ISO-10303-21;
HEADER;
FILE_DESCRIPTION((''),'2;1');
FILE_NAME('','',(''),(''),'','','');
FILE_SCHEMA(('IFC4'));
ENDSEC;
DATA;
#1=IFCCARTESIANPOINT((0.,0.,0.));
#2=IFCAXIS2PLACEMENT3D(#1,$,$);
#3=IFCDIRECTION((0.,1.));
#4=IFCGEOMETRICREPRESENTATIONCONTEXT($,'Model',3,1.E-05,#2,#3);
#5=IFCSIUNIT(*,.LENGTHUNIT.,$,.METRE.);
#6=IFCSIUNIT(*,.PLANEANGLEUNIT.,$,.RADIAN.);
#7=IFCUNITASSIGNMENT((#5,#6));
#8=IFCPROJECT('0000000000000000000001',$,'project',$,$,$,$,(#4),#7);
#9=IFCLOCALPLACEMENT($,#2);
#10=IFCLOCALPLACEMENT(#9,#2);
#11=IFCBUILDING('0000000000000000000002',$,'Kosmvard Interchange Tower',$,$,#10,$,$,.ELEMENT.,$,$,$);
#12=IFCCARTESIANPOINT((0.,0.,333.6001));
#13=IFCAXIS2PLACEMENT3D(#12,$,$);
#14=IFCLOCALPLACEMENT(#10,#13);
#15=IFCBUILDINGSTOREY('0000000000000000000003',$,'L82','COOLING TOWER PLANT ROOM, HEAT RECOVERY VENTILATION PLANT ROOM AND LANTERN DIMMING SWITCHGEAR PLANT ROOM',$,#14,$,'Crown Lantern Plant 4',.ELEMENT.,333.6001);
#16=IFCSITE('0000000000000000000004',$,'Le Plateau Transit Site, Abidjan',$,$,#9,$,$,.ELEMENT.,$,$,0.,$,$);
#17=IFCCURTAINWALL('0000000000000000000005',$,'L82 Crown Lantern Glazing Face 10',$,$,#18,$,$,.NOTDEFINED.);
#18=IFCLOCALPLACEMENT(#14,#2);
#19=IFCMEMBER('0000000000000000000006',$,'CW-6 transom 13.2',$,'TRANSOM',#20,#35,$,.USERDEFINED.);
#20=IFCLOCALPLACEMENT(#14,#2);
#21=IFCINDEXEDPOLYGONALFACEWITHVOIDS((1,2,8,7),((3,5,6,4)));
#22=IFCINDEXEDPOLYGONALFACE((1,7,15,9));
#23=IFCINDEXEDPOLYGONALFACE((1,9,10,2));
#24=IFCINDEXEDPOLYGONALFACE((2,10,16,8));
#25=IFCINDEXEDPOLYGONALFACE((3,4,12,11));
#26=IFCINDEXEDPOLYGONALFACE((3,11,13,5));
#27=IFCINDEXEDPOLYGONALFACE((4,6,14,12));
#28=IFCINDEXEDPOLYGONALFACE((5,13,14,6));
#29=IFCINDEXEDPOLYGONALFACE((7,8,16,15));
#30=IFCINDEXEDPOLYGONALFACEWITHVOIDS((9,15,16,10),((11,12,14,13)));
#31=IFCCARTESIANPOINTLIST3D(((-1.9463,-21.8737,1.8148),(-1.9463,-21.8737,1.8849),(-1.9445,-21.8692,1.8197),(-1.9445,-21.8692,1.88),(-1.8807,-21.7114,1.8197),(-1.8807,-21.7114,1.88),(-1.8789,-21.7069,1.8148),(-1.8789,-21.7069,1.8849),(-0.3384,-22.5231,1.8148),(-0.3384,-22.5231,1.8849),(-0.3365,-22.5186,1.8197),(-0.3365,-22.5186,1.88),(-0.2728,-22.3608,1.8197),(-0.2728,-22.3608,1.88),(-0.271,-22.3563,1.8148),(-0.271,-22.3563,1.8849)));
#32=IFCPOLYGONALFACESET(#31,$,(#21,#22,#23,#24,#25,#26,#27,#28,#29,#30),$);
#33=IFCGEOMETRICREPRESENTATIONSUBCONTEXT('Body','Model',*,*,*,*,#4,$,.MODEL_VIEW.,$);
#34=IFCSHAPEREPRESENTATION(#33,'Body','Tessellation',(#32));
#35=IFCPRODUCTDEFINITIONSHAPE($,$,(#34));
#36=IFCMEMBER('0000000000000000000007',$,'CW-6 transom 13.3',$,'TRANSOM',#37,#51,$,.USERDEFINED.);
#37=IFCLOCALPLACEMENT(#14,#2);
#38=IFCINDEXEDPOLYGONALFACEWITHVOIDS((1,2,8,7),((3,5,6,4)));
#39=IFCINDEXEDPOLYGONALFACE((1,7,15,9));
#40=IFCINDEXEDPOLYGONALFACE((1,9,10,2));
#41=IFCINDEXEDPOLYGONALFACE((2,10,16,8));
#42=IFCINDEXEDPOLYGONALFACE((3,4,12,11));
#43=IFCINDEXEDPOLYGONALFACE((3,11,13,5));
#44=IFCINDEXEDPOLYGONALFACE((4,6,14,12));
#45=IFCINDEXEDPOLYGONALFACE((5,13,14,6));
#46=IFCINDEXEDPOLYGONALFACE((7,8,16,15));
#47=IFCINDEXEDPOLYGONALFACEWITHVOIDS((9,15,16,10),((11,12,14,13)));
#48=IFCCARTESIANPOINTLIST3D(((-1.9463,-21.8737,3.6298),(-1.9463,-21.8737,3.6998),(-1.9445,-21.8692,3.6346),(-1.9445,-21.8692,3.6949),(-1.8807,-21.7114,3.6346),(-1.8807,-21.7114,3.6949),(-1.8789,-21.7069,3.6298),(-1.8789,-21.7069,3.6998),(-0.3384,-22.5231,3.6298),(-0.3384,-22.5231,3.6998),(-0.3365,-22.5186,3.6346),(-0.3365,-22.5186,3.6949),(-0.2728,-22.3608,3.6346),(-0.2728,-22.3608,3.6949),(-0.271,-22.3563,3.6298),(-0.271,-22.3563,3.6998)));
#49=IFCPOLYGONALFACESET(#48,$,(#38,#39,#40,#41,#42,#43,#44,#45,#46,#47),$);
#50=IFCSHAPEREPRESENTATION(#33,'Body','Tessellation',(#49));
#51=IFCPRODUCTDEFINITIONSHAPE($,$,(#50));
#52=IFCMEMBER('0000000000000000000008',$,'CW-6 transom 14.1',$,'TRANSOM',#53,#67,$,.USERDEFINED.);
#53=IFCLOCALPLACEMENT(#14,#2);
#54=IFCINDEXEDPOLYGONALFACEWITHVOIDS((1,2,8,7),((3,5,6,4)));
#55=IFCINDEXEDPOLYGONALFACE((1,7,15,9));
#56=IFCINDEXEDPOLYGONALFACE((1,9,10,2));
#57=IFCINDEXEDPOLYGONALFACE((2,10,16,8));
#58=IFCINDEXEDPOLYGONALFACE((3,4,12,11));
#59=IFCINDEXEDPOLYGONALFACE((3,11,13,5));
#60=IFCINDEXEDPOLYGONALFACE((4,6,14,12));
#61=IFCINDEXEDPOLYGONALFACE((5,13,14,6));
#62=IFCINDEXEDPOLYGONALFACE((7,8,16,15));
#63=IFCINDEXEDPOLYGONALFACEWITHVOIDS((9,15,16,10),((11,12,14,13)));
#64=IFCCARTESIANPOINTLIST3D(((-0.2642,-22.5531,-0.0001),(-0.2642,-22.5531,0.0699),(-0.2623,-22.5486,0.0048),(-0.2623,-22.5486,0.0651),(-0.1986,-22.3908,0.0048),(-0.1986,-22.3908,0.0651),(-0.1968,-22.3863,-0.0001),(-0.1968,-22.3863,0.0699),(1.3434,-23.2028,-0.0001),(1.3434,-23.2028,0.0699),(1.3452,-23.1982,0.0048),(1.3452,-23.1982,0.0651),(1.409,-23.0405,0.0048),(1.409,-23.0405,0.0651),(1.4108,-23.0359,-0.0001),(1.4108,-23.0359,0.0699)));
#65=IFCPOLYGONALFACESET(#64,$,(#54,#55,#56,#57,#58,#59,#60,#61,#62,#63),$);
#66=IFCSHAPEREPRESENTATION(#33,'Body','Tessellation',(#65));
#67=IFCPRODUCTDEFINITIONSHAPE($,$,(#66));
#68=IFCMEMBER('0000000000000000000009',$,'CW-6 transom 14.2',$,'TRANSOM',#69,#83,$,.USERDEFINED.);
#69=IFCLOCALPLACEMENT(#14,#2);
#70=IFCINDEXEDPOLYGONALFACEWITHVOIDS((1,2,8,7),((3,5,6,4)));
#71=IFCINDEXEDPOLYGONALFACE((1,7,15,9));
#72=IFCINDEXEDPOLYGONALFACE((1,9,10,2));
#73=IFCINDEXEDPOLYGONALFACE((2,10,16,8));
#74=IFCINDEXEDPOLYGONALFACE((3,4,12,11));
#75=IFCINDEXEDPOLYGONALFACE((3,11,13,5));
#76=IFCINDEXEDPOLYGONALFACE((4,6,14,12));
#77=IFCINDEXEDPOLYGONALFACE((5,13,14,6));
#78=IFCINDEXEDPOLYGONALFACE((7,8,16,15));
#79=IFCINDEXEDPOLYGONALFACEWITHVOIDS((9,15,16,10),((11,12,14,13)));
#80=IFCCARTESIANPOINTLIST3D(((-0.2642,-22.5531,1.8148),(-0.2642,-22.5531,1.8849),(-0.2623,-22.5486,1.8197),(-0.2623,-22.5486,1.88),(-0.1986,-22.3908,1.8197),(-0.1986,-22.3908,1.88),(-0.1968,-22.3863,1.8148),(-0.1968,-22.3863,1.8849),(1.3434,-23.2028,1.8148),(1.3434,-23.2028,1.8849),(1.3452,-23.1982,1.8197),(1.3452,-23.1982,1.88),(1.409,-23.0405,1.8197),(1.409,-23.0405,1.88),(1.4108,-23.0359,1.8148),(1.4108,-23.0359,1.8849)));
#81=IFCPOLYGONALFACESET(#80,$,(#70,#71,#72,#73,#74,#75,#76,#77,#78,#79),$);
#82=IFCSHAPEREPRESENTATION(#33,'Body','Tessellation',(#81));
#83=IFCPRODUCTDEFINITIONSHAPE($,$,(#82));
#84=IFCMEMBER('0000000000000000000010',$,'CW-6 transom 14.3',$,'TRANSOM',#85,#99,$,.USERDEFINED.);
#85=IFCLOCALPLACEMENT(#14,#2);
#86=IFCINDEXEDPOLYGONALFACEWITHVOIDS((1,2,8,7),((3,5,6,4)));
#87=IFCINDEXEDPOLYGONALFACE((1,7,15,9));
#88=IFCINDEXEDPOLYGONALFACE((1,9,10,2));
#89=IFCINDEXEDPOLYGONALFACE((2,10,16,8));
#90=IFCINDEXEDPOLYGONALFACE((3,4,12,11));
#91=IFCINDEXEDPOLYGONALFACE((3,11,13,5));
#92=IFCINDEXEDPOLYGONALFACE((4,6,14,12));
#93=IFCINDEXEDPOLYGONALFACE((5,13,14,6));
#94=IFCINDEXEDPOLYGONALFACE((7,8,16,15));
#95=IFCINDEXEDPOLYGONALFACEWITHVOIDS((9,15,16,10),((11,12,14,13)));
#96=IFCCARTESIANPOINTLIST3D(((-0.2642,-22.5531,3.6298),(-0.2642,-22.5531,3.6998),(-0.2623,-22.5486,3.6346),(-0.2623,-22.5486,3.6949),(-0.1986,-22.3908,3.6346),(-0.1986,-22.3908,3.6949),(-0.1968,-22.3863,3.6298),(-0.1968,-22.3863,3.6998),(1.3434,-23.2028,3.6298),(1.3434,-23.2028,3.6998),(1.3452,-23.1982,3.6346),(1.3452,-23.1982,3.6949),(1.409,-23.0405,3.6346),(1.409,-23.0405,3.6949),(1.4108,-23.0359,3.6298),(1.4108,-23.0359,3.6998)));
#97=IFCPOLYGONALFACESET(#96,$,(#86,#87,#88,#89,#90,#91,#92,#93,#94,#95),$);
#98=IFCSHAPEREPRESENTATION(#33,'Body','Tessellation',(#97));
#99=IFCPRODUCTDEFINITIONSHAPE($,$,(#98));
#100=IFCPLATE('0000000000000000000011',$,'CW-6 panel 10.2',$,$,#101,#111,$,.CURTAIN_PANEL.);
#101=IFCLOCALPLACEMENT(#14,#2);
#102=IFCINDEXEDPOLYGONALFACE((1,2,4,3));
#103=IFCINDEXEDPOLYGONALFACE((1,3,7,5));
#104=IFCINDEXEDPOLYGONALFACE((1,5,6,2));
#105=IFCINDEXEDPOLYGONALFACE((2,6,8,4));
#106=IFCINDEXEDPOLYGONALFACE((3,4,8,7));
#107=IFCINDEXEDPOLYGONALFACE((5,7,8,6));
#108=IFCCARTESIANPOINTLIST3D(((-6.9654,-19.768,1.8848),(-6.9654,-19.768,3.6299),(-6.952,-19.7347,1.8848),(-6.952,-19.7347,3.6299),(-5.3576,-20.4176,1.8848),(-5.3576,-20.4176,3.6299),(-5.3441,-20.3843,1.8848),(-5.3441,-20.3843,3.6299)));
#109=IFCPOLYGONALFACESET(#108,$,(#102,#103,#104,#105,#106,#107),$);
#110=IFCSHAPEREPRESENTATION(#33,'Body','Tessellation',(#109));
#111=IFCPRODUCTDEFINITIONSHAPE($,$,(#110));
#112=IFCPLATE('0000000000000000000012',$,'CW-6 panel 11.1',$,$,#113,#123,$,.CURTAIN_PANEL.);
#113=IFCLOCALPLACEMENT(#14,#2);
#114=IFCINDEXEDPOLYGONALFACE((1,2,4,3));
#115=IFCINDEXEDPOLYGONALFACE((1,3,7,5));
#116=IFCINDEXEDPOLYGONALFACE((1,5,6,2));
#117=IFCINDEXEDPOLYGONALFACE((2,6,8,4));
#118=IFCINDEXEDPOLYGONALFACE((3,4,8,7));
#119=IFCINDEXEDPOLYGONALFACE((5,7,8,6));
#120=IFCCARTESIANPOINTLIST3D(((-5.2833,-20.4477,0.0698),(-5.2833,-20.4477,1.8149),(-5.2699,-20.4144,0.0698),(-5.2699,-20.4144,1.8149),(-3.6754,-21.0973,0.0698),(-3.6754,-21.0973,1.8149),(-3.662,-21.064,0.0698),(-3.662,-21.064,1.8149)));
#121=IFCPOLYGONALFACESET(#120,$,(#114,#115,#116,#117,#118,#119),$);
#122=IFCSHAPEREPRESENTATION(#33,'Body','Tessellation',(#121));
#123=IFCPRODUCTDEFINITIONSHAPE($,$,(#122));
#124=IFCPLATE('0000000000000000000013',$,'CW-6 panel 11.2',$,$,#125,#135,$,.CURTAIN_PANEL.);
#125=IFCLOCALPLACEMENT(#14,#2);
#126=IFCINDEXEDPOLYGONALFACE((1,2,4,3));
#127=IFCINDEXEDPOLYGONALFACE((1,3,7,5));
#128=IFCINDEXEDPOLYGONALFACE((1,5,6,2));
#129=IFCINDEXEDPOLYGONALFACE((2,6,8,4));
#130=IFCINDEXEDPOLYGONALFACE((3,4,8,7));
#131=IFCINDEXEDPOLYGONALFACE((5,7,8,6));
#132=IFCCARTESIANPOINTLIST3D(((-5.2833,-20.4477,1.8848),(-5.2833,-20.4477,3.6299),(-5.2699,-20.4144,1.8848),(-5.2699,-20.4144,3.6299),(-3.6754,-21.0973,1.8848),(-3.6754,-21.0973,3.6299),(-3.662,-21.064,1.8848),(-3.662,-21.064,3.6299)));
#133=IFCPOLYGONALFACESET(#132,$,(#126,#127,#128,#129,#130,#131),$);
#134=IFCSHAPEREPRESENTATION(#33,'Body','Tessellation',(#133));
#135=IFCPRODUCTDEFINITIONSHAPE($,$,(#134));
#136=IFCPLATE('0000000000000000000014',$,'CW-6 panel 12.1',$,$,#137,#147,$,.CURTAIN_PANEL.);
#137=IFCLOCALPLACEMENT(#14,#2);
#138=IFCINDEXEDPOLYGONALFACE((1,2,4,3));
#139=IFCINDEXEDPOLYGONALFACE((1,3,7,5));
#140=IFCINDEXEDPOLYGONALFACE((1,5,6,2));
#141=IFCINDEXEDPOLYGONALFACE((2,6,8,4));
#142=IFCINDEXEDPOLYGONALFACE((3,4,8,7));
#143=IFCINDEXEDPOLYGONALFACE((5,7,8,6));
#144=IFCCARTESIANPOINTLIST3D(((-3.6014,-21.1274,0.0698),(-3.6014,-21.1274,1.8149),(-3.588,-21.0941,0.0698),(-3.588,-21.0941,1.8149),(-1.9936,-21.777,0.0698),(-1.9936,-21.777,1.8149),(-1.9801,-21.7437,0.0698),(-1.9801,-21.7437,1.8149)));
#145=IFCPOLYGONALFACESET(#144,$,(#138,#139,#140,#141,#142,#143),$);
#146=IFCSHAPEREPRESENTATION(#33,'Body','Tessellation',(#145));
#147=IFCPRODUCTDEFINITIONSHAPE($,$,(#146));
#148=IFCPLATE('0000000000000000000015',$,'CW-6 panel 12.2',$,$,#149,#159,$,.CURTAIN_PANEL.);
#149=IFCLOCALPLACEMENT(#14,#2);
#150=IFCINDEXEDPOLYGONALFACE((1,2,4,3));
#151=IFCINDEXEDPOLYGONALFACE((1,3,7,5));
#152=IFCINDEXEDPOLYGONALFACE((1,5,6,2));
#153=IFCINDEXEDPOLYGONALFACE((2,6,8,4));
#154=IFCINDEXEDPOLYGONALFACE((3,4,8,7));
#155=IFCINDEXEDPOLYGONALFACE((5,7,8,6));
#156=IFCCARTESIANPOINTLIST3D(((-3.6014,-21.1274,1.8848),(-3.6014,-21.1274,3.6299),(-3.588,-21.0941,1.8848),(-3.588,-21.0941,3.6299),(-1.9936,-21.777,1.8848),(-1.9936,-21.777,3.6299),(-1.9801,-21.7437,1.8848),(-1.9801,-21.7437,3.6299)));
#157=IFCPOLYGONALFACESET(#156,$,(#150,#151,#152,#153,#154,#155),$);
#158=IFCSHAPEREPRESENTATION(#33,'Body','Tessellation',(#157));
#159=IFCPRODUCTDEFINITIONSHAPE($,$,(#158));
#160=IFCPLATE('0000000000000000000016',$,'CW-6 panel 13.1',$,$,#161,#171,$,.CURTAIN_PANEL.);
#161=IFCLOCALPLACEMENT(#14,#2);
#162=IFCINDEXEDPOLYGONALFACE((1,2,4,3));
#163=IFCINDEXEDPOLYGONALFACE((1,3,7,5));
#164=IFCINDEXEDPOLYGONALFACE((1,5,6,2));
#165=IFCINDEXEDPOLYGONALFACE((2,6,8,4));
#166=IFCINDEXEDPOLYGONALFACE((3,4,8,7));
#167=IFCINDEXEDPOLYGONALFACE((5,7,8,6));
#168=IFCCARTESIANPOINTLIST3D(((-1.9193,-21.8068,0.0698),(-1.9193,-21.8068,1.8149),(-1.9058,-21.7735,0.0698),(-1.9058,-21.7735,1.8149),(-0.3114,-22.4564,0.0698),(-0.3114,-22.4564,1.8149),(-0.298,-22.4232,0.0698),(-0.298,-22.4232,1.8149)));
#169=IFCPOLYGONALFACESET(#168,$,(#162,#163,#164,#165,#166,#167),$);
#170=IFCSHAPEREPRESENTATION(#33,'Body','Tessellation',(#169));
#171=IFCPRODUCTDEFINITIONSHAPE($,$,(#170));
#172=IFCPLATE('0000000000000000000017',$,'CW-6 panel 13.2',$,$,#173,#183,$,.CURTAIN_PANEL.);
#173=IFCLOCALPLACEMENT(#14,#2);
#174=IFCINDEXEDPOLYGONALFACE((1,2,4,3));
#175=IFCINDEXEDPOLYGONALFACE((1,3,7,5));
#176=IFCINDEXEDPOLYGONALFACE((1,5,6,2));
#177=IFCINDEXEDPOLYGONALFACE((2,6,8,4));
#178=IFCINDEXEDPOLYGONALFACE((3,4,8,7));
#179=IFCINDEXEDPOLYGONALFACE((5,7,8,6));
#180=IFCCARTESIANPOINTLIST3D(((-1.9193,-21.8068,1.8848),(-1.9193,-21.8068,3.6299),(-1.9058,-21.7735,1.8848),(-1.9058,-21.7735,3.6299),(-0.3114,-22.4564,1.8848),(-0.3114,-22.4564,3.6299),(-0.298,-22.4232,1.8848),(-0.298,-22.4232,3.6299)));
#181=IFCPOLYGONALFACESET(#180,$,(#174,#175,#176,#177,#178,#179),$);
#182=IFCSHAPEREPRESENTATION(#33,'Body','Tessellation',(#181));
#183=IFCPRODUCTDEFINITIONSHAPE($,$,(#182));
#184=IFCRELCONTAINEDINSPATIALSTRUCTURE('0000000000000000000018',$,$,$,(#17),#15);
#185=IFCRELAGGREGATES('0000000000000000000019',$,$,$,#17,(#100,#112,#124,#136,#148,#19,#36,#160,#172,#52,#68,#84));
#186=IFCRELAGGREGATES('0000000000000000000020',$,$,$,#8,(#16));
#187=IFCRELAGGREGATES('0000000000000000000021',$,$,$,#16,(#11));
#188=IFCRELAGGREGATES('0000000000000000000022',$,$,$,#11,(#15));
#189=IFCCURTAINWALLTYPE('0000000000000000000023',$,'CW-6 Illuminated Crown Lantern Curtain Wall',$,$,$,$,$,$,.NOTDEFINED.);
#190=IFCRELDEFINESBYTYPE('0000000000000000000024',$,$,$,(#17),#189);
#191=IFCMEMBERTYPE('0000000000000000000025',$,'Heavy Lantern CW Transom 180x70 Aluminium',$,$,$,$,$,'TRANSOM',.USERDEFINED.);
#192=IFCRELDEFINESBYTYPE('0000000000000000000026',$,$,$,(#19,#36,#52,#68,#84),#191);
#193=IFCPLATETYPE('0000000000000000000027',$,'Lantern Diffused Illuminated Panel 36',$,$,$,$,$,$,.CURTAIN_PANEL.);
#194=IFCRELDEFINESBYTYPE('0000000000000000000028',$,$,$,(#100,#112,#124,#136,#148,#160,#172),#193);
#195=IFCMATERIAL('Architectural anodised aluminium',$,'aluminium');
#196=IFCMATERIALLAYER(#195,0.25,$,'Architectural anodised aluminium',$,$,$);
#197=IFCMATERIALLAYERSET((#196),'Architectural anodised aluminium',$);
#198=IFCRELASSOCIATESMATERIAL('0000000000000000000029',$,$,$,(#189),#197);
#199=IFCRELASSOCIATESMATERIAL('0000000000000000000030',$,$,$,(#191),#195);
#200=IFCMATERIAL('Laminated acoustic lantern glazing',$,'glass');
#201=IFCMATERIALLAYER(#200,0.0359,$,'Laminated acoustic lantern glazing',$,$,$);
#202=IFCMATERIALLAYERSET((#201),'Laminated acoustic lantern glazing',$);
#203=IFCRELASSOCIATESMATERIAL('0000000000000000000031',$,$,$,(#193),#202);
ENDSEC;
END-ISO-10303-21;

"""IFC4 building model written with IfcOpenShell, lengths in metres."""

from ifc_helpers import new_model, si_unit, direction, frame, origin, origin_2d, place, context, subcontext, project, spatial, rectangle, hollow_rectangle, extrude, source, transform, mapped, material, layer, layer_set, material_profile, profile_set, type_object, element, aggregate, save


model = new_model("IFC4")

# Units and contexts
model_context = context("Model", 3, precision=1e-05, world=origin(), true_north=direction((0.0, 1.0)))
body_context = subcontext(model_context, "Body", "Model", "MODEL_VIEW")
ifc_project = project(units=[si_unit("LENGTHUNIT", "METRE"), si_unit("PLANEANGLEUNIT", "RADIAN")], contexts=[model_context])

# Site, building, storey
site_placement = place(None, origin())
site = spatial("IfcSite", under=ifc_project, at=site_placement, Name="Le Plateau Transit Site, Abidjan", CompositionType="ELEMENT", RefElevation=0.0)
building_placement = place(site_placement, origin())
building = spatial("IfcBuilding", under=site, at=building_placement, Name="Kosmvard Interchange Tower", CompositionType="ELEMENT")
storey_placement = place(building_placement, frame((0.0, 0.0, 333.6001)))
storey = spatial("IfcBuildingStorey", under=building, at=storey_placement, Name="L82", Description="COOLING TOWER PLANT ROOM, HEAT RECOVERY VENTILATION PLANT ROOM AND LANTERN DIMMING SWITCHGEAR PLANT ROOM", LongName="Crown Lantern Plant 4", CompositionType="ELEMENT", Elevation=333.6001)

# Curtain wall, members, plates
ifc_material_1 = material(Name="Architectural anodised aluminium", Category="aluminium")
ifc_layer_1 = layer(ifc_material_1, 0.25, Name="Architectural anodised aluminium")
ifc_layer_set_1 = layer_set([ifc_layer_1], Name="Architectural anodised aluminium")
curtain_wall_type = type_object("IfcCurtainWallType", Name="CW-6 Illuminated Crown Lantern Curtain Wall", PredefinedType="NOTDEFINED", material=ifc_layer_set_1)
curtain_wall_placement = place(storey_placement, origin())
curtain_wall = element("IfcCurtainWall", 1, at=curtain_wall_placement, inside=storey, type_object=curtain_wall_type, Name="L82 Crown Lantern Glazing Face 10", PredefinedType="NOTDEFINED")
ifc_material_profile_1 = material_profile(ifc_material_1, hollow_rectangle(XDim=0.1799, YDim=0.0701, WallThickness=0.0049, at=origin_2d()), Name="CWT 180x70x5")
ifc_profile_set_1 = profile_set([ifc_material_profile_1], Name="Architectural anodised aluminium")
member_type_1 = type_object("IfcMemberType", Name="Heavy Lantern CW Transom 180x70 Aluminium", ElementType="TRANSOM", PredefinedType="USERDEFINED", material=ifc_profile_set_1)
shared_shape_1 = source(origin(), body_context, "Body", "SweptSolid", [
    extrude(hollow_rectangle(XDim=0.1799, YDim=0.0701, WallThickness=0.0049, at=origin_2d()), origin(), (0.0, 0.0, 1.0), 1.7341),
])
member_1_placement = place(storey_placement, frame((-1.9126, -21.7903, 1.8499), z_axis=(0.927229, -0.374496, 0.0), x_axis=(0.374496, 0.927229, 0.0)))
member_1 = element("IfcMember", 2, at=member_1_placement, type_object=member_type_1, Name="CW-6 transom 13.2", ObjectType="TRANSOM", PredefinedType="USERDEFINED", context=body_context, shape_type="MappedRepresentation", body=[
    mapped(shared_shape_1, transform((0.0, 0.0, 0.0), scale=1.0)),
])
member_2_placement = place(storey_placement, frame((-1.9126, -21.7903, 3.6648), z_axis=(0.927229, -0.374496, 0.0), x_axis=(0.374496, 0.927229, 0.0)))
member_2 = element("IfcMember", 3, at=member_2_placement, type_object=member_type_1, Name="CW-6 transom 13.3", ObjectType="TRANSOM", PredefinedType="USERDEFINED", context=body_context, shape_type="MappedRepresentation", body=[
    mapped(shared_shape_1, transform((0.0, 0.0, 0.0), scale=1.0)),
])
shared_shape_2 = source(origin(), body_context, "Body", "SweptSolid", [
    extrude(hollow_rectangle(XDim=0.1799, YDim=0.0701, WallThickness=0.0049, at=origin_2d()), origin(), (0.0, 0.0, 1.0), 1.7339),
])
member_3_placement = place(storey_placement, frame((-0.2305, -22.4697, 0.0349), z_axis=(0.92716, -0.374666, 0.0), x_axis=(0.374666, 0.92716, 0.0)))
member_3 = element("IfcMember", 4, at=member_3_placement, type_object=member_type_1, Name="CW-6 transom 14.1", ObjectType="TRANSOM", PredefinedType="USERDEFINED", context=body_context, shape_type="MappedRepresentation", body=[
    mapped(shared_shape_2, transform((0.0, 0.0, 0.0), scale=1.0)),
])
member_4_placement = place(storey_placement, frame((-0.2305, -22.4697, 1.8499), z_axis=(0.92716, -0.374666, 0.0), x_axis=(0.374666, 0.92716, 0.0)))
member_4 = element("IfcMember", 5, at=member_4_placement, type_object=member_type_1, Name="CW-6 transom 14.2", ObjectType="TRANSOM", PredefinedType="USERDEFINED", context=body_context, shape_type="MappedRepresentation", body=[
    mapped(shared_shape_2, transform((0.0, 0.0, 0.0), scale=1.0)),
])
member_5_placement = place(storey_placement, frame((-0.2305, -22.4697, 3.6648), z_axis=(0.92716, -0.374666, 0.0), x_axis=(0.374666, 0.92716, 0.0)))
member_5 = element("IfcMember", 6, at=member_5_placement, type_object=member_type_1, Name="CW-6 transom 14.3", ObjectType="TRANSOM", PredefinedType="USERDEFINED", context=body_context, shape_type="MappedRepresentation", body=[
    mapped(shared_shape_2, transform((0.0, 0.0, 0.0), scale=1.0)),
])
ifc_material_2 = material(Name="Laminated acoustic lantern glazing", Category="glass")
ifc_layer_2 = layer(ifc_material_2, 0.0359, Name="Laminated acoustic lantern glazing")
ifc_layer_set_2 = layer_set([ifc_layer_2], Name="Laminated acoustic lantern glazing")
plate_type = type_object("IfcPlateType", Name="Lantern Diffused Illuminated Panel 36", PredefinedType="CURTAIN_PANEL", material=ifc_layer_set_2)
shared_shape_3 = source(origin(), body_context, "Body", "SweptSolid", [
    extrude(rectangle(XDim=1.7341, YDim=0.0359, at=origin_2d()), origin(), (0.0, 0.0, 1.0), 1.7451),
])
plate_1_placement = place(storey_placement, frame((-6.1548, -20.0762, 1.8848), z_axis=(0.0, 0.0, 1.0), x_axis=(0.927184, -0.374607, 0.0)))
plate_1 = element("IfcPlate", 7, at=plate_1_placement, type_object=plate_type, Name="CW-6 panel 10.2", PredefinedType="CURTAIN_PANEL", context=body_context, shape_type="MappedRepresentation", body=[
    mapped(shared_shape_3, transform((0.0, 0.0, 0.0), scale=1.0)),
])
plate_2_placement = place(storey_placement, frame((-4.4727, -20.7559, 0.0698), z_axis=(0.0, 0.0, 1.0), x_axis=(0.927184, -0.374607, 0.0)))
plate_2 = element("IfcPlate", 8, at=plate_2_placement, type_object=plate_type, Name="CW-6 panel 11.1", PredefinedType="CURTAIN_PANEL", context=body_context, shape_type="MappedRepresentation", body=[
    mapped(shared_shape_3, transform((0.0, 0.0, 0.0), scale=1.0)),
])
plate_3_placement = place(storey_placement, frame((-4.4727, -20.7559, 1.8848), z_axis=(0.0, 0.0, 1.0), x_axis=(0.927184, -0.374607, 0.0)))
plate_3 = element("IfcPlate", 9, at=plate_3_placement, type_object=plate_type, Name="CW-6 panel 11.2", PredefinedType="CURTAIN_PANEL", context=body_context, shape_type="MappedRepresentation", body=[
    mapped(shared_shape_3, transform((0.0, 0.0, 0.0), scale=1.0)),
])
plate_4_placement = place(storey_placement, frame((-2.7908, -21.4355, 0.0698), z_axis=(0.0, 0.0, 1.0), x_axis=(0.927184, -0.374607, 0.0)))
plate_4 = element("IfcPlate", 10, at=plate_4_placement, type_object=plate_type, Name="CW-6 panel 12.1", PredefinedType="CURTAIN_PANEL", context=body_context, shape_type="MappedRepresentation", body=[
    mapped(shared_shape_3, transform((0.0, 0.0, 0.0), scale=1.0)),
])
plate_5_placement = place(storey_placement, frame((-2.7908, -21.4355, 1.8848), z_axis=(0.0, 0.0, 1.0), x_axis=(0.927184, -0.374607, 0.0)))
plate_5 = element("IfcPlate", 11, at=plate_5_placement, type_object=plate_type, Name="CW-6 panel 12.2", PredefinedType="CURTAIN_PANEL", context=body_context, shape_type="MappedRepresentation", body=[
    mapped(shared_shape_3, transform((0.0, 0.0, 0.0), scale=1.0)),
])
plate_6_placement = place(storey_placement, frame((-1.1086, -22.115, 0.0698), z_axis=(0.0, 0.0, 1.0), x_axis=(0.927184, -0.374607, 0.0)))
plate_6 = element("IfcPlate", 12, at=plate_6_placement, type_object=plate_type, Name="CW-6 panel 13.1", PredefinedType="CURTAIN_PANEL", context=body_context, shape_type="MappedRepresentation", body=[
    mapped(shared_shape_3, transform((0.0, 0.0, 0.0), scale=1.0)),
])
plate_7_placement = place(storey_placement, frame((-1.1086, -22.115, 1.8848), z_axis=(0.0, 0.0, 1.0), x_axis=(0.927184, -0.374607, 0.0)))
plate_7 = element("IfcPlate", 13, at=plate_7_placement, type_object=plate_type, Name="CW-6 panel 13.2", PredefinedType="CURTAIN_PANEL", context=body_context, shape_type="MappedRepresentation", body=[
    mapped(shared_shape_3, transform((0.0, 0.0, 0.0), scale=1.0)),
])
aggregate(curtain_wall, [plate_1, plate_2, plate_3, plate_4, plate_5, member_1, member_2, plate_6, plate_7, member_3, member_4, member_5])

save(model, "model.ifc")
